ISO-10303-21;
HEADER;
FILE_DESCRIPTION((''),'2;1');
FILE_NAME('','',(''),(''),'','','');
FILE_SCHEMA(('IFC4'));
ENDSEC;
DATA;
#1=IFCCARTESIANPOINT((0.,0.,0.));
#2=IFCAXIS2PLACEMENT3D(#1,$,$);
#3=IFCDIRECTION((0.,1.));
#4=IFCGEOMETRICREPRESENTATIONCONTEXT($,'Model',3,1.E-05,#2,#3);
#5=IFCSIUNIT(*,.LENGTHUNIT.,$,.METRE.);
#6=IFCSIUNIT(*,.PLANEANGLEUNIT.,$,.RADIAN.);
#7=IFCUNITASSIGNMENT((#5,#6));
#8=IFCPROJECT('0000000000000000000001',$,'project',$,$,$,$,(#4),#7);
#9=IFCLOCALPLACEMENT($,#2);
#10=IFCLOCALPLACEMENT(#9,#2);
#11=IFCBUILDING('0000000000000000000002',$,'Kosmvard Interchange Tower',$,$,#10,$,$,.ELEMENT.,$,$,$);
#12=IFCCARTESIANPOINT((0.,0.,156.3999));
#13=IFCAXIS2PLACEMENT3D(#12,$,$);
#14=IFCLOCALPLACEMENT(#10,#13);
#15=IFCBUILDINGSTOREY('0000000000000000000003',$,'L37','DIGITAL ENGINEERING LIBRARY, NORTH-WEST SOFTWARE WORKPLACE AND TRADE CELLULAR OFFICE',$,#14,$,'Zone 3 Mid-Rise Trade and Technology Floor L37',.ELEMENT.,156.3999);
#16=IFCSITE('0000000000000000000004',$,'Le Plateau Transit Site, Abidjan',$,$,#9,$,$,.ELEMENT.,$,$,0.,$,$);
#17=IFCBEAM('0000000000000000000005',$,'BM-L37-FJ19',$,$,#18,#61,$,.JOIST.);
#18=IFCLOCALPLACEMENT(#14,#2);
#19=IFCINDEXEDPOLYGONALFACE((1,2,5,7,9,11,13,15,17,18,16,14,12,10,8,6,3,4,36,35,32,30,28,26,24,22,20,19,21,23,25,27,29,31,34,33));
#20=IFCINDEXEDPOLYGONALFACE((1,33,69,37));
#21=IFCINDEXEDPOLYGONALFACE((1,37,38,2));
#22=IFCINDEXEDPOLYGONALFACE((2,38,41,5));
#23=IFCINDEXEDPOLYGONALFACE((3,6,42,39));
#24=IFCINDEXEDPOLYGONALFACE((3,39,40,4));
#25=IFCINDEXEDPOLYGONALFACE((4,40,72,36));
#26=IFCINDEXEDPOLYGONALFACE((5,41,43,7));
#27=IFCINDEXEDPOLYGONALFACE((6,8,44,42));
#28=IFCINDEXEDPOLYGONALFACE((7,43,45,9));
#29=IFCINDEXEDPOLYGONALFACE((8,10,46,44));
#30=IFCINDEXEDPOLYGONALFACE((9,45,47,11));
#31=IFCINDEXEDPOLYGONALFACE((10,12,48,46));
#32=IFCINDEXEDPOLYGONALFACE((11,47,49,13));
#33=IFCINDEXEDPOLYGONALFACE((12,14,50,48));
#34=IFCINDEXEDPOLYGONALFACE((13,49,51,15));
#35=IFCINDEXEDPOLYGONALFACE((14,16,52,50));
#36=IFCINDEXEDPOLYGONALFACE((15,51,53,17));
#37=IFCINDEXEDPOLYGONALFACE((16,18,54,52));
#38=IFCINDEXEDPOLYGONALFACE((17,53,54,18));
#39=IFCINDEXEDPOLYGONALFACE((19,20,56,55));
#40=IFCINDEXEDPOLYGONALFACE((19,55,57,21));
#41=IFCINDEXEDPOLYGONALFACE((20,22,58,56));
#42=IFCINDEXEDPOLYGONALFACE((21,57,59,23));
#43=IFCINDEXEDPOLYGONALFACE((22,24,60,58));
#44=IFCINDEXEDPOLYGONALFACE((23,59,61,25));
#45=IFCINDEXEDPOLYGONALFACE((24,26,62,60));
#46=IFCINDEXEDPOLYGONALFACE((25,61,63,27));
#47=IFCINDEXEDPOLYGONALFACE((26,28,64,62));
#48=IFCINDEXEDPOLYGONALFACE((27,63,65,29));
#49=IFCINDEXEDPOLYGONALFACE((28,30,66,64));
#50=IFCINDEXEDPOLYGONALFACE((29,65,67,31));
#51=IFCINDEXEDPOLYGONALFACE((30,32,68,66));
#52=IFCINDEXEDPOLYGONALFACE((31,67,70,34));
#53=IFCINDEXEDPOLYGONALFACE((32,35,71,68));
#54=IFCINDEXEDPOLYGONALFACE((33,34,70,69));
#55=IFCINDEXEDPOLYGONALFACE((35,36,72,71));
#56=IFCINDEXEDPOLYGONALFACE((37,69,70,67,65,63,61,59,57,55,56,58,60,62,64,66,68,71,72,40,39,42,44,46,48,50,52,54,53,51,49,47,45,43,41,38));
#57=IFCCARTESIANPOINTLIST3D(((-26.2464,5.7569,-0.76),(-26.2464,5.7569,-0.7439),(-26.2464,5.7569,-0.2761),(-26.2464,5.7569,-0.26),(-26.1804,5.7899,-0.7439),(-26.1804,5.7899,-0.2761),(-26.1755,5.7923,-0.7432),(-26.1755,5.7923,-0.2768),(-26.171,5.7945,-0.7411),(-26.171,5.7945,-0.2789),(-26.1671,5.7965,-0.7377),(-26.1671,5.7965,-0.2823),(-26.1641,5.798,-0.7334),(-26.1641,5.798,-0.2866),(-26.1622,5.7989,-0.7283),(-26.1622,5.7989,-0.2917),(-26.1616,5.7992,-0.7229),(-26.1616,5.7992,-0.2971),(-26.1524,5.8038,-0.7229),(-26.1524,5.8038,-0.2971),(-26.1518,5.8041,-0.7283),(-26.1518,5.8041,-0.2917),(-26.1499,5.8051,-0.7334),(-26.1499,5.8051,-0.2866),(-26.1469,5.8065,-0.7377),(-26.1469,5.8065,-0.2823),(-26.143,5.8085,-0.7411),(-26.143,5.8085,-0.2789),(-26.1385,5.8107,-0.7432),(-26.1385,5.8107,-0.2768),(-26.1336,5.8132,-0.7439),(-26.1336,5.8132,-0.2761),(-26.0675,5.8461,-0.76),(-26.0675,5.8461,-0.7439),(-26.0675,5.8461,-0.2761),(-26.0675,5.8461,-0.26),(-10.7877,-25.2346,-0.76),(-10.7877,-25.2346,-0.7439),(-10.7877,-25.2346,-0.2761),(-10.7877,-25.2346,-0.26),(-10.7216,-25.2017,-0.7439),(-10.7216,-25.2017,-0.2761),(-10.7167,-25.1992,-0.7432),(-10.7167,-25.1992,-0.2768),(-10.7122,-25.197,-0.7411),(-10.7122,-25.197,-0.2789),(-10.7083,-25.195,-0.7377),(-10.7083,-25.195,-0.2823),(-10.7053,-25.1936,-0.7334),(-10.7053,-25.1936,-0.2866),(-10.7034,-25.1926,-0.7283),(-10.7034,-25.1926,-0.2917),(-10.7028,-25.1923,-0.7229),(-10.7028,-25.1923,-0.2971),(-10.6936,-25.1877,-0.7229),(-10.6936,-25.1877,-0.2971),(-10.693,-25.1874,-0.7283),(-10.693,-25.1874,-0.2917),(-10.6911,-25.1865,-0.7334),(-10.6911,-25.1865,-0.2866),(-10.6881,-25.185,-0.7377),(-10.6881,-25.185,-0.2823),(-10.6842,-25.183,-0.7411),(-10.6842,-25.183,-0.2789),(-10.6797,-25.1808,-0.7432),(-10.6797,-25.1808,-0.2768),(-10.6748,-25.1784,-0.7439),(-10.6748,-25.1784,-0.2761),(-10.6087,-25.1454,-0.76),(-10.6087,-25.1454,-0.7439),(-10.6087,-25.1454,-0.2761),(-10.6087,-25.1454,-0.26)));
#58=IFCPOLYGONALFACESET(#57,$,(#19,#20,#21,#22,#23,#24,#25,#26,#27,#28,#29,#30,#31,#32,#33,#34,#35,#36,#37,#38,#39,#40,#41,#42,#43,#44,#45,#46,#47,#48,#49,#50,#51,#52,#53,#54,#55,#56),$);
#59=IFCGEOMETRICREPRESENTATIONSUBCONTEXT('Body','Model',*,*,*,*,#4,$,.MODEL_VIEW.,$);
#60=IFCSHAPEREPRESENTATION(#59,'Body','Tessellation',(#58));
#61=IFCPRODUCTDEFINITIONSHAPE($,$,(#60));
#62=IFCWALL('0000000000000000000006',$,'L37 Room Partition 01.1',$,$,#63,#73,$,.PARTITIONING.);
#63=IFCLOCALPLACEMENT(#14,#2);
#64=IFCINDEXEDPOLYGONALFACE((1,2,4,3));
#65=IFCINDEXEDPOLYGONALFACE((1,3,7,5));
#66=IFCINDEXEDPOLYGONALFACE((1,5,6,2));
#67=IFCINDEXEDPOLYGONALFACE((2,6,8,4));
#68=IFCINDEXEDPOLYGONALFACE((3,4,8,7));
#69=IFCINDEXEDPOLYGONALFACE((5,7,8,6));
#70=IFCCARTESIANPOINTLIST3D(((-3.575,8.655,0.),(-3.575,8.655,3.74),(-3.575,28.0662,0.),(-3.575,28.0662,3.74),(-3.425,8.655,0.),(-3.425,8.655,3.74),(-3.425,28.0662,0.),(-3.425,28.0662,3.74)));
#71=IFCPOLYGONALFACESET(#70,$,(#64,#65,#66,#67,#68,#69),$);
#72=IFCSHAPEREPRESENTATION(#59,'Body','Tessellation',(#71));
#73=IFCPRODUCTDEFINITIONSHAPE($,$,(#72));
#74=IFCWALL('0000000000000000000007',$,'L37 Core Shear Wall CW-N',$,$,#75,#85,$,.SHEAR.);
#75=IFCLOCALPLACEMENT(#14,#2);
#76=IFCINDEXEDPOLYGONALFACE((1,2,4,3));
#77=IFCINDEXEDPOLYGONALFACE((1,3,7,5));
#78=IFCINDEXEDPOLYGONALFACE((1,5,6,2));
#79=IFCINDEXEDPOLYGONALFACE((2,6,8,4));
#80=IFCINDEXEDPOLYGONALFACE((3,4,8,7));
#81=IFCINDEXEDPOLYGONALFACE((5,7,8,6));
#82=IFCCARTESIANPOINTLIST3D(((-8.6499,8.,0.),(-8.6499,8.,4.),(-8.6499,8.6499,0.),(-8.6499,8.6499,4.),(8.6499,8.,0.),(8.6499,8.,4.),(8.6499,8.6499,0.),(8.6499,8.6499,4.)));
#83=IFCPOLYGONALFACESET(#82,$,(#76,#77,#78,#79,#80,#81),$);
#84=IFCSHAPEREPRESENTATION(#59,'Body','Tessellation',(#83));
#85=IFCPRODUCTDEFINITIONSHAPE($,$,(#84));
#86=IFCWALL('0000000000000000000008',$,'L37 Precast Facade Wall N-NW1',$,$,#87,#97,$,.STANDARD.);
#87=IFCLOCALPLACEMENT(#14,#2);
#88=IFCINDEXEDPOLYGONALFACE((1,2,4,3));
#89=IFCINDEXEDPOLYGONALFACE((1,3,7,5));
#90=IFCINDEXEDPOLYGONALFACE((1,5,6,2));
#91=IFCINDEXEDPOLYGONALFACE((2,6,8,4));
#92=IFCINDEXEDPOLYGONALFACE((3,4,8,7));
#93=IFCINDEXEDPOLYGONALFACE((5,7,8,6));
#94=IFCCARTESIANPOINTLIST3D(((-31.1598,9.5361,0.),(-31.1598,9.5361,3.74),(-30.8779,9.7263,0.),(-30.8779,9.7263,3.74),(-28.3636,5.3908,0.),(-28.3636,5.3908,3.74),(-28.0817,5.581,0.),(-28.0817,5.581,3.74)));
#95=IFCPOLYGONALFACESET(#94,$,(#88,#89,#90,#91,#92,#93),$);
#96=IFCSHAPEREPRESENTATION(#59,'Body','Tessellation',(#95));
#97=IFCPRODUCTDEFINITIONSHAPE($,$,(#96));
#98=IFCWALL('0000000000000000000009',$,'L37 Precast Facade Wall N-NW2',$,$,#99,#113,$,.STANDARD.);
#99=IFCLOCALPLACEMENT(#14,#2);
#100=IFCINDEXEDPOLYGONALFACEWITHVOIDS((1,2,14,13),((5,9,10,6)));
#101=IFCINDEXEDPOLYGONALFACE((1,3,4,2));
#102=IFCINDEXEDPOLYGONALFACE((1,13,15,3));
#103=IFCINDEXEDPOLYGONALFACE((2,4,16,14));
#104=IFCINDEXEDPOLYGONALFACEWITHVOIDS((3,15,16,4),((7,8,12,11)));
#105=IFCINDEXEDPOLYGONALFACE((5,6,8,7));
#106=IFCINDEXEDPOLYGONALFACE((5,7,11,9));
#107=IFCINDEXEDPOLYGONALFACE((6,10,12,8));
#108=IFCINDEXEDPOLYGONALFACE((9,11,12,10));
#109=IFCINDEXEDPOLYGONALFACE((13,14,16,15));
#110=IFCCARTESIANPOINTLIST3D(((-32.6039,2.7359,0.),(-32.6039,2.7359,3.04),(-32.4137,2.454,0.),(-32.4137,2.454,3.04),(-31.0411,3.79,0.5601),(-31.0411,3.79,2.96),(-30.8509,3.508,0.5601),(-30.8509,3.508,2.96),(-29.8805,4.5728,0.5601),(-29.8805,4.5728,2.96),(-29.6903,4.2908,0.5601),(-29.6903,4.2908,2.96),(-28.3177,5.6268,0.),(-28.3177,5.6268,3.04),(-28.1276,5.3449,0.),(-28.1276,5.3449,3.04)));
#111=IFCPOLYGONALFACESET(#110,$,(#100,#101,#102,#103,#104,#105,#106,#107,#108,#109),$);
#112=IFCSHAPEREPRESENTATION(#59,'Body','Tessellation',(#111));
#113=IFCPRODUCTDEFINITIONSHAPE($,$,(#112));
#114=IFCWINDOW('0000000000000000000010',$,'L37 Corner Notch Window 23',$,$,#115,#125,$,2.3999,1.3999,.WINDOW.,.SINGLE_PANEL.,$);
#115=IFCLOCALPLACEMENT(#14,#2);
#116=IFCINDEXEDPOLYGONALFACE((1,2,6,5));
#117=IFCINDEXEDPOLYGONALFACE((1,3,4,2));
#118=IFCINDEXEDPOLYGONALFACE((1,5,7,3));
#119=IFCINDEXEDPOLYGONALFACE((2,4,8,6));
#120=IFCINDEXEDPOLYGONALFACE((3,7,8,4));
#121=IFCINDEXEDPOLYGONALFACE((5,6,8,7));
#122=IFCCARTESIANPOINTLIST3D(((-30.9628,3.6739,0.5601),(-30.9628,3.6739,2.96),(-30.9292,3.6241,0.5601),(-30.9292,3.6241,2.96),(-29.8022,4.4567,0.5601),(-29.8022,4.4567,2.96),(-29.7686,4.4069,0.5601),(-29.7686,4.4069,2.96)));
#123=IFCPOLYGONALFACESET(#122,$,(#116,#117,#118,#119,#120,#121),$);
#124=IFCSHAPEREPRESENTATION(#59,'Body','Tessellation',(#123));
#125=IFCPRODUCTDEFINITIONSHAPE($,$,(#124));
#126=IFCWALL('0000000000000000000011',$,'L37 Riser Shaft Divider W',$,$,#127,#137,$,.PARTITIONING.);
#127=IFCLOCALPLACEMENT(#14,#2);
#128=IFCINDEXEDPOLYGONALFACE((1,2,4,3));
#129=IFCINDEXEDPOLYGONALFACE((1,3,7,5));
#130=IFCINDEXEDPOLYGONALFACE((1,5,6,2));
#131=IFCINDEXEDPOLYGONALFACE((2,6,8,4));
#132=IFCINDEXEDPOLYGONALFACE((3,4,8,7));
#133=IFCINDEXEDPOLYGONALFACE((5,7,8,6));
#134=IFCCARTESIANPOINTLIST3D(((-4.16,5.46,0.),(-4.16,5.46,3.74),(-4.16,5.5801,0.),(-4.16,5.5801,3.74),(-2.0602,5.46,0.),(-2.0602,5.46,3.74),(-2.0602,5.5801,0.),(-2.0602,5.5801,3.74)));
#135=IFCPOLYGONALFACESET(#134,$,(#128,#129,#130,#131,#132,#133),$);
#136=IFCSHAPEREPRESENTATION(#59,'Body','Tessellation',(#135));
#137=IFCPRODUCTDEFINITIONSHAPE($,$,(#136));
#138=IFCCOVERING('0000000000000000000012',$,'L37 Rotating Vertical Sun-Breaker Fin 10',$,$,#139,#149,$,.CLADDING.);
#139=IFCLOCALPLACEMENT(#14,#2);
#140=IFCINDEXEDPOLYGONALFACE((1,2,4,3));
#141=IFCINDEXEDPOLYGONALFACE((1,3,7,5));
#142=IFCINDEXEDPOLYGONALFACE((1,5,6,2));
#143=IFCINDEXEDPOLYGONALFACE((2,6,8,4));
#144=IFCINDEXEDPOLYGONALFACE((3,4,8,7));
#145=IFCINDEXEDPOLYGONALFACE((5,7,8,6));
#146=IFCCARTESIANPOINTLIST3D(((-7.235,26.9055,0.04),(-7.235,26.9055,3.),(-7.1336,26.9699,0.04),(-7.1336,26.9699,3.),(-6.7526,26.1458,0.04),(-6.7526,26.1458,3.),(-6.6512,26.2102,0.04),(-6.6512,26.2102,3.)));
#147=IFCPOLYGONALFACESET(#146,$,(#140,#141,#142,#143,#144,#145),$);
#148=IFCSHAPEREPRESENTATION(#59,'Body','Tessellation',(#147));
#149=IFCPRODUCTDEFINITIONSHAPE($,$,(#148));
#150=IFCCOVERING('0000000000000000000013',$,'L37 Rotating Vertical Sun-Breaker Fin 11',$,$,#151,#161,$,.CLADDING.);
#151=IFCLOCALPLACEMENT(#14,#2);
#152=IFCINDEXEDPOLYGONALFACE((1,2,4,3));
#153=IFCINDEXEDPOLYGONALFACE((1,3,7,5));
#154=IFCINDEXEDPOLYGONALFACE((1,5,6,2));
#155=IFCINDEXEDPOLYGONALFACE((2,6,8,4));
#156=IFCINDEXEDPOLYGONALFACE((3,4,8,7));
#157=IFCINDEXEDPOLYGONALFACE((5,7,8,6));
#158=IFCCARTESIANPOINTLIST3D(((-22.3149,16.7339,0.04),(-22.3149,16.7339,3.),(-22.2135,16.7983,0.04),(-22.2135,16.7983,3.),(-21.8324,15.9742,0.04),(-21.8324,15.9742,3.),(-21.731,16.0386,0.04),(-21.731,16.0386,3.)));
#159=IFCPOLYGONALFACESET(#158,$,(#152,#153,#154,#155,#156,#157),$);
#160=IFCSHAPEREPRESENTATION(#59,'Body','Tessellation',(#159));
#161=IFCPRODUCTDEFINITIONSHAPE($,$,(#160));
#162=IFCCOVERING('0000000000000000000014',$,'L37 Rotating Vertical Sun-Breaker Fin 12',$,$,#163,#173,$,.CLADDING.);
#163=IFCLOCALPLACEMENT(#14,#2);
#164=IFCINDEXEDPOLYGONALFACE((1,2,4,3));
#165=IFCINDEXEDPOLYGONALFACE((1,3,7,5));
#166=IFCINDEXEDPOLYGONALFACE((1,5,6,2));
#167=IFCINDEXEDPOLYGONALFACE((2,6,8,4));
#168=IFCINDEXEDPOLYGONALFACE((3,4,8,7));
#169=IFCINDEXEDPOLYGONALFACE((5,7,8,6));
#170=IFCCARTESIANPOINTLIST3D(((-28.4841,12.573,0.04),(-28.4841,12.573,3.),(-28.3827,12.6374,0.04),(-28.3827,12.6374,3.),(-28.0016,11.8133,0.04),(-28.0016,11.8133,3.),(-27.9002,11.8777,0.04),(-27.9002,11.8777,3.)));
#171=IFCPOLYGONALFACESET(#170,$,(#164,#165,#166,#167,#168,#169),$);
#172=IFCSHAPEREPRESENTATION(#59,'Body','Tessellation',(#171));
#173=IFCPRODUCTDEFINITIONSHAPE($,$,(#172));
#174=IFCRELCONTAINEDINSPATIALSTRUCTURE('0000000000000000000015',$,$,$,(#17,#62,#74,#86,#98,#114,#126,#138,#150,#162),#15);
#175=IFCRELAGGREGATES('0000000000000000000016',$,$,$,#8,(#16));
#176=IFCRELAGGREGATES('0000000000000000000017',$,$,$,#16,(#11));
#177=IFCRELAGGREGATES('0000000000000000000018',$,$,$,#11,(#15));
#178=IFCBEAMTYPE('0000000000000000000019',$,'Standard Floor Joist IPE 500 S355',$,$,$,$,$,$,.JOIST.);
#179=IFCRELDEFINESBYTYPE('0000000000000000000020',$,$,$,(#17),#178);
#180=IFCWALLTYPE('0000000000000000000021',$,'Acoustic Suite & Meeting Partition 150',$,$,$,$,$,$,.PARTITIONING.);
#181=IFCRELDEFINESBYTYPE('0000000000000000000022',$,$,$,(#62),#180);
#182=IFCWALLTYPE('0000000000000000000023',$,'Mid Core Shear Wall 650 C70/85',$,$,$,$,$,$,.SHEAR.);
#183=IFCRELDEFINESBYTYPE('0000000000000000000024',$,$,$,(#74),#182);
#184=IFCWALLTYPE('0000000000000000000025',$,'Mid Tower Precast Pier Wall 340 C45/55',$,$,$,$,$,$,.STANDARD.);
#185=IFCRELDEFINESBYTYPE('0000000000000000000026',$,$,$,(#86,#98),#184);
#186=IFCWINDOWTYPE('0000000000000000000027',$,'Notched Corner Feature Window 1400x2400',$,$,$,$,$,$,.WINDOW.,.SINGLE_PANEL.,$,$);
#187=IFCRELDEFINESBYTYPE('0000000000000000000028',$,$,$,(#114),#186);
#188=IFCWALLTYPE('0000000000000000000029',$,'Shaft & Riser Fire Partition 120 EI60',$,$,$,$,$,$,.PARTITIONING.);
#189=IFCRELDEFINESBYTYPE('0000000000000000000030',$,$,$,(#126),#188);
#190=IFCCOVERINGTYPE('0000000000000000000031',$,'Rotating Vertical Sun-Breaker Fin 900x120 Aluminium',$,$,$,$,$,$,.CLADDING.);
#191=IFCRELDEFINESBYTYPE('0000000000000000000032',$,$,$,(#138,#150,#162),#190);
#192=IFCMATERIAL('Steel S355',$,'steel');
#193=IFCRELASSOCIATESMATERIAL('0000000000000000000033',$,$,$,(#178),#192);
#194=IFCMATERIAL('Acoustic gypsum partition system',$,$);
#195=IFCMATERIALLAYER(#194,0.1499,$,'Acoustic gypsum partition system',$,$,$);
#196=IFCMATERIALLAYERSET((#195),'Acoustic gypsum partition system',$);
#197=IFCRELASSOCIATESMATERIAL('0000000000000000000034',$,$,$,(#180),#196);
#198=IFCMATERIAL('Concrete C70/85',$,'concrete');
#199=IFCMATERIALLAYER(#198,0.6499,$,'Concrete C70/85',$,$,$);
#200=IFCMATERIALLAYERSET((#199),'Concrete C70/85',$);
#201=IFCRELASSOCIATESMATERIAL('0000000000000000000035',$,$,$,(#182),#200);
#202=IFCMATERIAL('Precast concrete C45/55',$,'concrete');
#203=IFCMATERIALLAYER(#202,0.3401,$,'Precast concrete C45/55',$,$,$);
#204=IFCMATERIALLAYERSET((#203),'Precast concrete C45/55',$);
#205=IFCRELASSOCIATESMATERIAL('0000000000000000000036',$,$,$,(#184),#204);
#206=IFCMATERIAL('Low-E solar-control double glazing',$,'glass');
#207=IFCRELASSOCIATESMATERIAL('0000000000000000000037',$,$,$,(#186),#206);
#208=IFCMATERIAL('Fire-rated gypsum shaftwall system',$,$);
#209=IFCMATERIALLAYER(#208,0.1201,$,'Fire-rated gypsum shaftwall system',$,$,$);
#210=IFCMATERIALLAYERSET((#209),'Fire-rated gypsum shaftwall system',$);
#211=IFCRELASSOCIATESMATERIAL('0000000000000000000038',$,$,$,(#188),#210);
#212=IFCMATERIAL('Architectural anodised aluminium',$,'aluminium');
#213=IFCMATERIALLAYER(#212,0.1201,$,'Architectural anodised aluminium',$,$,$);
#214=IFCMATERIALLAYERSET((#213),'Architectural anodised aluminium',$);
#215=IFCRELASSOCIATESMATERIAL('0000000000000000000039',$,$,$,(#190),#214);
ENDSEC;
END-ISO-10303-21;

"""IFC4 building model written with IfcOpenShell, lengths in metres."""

from ifc_helpers import new_model, si_unit, direction, frame, frame_2d, origin, origin_2d, place, context, subcontext, project, spatial, rectangle, i_section, extrude, source, transform, mapped, material, layer, layer_set, material_profile, profile_set, type_object, element, fill, save


model = new_model("IFC4")

# Units and contexts
model_context = context("Model", 3, precision=1e-05, world=origin(), true_north=direction((0.0, 1.0)))
body_context = subcontext(model_context, "Body", "Model", "MODEL_VIEW")
ifc_project = project(units=[si_unit("LENGTHUNIT", "METRE"), si_unit("PLANEANGLEUNIT", "RADIAN")], contexts=[model_context])

# Site, building, storey
site_placement = place(None, origin())
site = spatial("IfcSite", under=ifc_project, at=site_placement, Name="Le Plateau Transit Site, Abidjan", CompositionType="ELEMENT", RefElevation=0.0)
building_placement = place(site_placement, origin())
building = spatial("IfcBuilding", under=site, at=building_placement, Name="Kosmvard Interchange Tower", CompositionType="ELEMENT")
storey_placement = place(building_placement, frame((0.0, 0.0, 156.3999)))
storey = spatial("IfcBuildingStorey", under=building, at=storey_placement, Name="L37", Description="DIGITAL ENGINEERING LIBRARY, NORTH-WEST SOFTWARE WORKPLACE AND TRADE CELLULAR OFFICE", LongName="Zone 3 Mid-Rise Trade and Technology Floor L37", CompositionType="ELEMENT", Elevation=156.3999)

# Beam
ifc_material_1 = material(Name="Steel S355", Category="steel")
ifc_material_2 = material(Name="Precast concrete C45/55", Category="concrete")
ifc_material_profile_1 = material_profile(ifc_material_1, i_section(OverallWidth=0.2, OverallDepth=0.5, WebThickness=0.0103, FlangeThickness=0.0161, FilletRadius=0.021, at=origin_2d()), Name="IPE 500")
ifc_profile_set_1 = profile_set([ifc_material_profile_1], Name="Steel S355")
beam_type_1 = type_object("IfcBeamType", Name="Standard Floor Joist IPE 500 S355", PredefinedType="JOIST", material=ifc_profile_set_1)
shared_shape_1 = source(origin(), body_context, "Body", "SweptSolid", [
    extrude(i_section(OverallWidth=0.2, OverallDepth=0.5, WebThickness=0.0103, FlangeThickness=0.0161, FilletRadius=0.021, at=origin_2d()), origin(), (0.0, 0.0, 1.0), 34.6331),
])
beam_1_placement = place(storey_placement, frame((-26.157, 5.8015, -0.51), z_axis=(0.446359, -0.894854, 0.0), x_axis=(0.894854, 0.446359, 0.0)))
element("IfcBeam", 1, at=beam_1_placement, inside=storey, type_object=beam_type_1, Name="BM-L37-FJ19", PredefinedType="JOIST", context=body_context, shape_type="MappedRepresentation", body=[
    mapped(shared_shape_1, transform((0.0, 0.0, 0.0), scale=1.0)),
])

# Walls
ifc_material_3 = material(Name="Acoustic gypsum partition system")
ifc_layer_1 = layer(ifc_material_3, 0.1499, Name="Acoustic gypsum partition system")
ifc_layer_set_1 = layer_set([ifc_layer_1], Name="Acoustic gypsum partition system")
wall_type_1 = type_object("IfcWallType", Name="Acoustic Suite & Meeting Partition 150", PredefinedType="PARTITIONING", material=ifc_layer_set_1)
wall_1_placement = place(storey_placement, frame((-3.5, 8.655, 0.0), z_axis=(0.0, 0.0, 1.0), x_axis=(0.0, 1.0, 0.0)))
element("IfcWall", 2, at=wall_1_placement, inside=storey, type_object=wall_type_1, Name="L37 Room Partition 01.1", PredefinedType="PARTITIONING", context=body_context, shape_type="SweptSolid", body=[
    extrude(rectangle(XDim=19.4111, YDim=0.1499, at=frame_2d((9.7056, 0.0))), origin(), (0.0, 0.0, 1.0), 3.74),
])
ifc_material_4 = material(Name="Concrete C70/85", Category="concrete")
ifc_layer_2 = layer(ifc_material_4, 0.6499, Name="Concrete C70/85")
ifc_layer_set_2 = layer_set([ifc_layer_2], Name="Concrete C70/85")
wall_type_2 = type_object("IfcWallType", Name="Mid Core Shear Wall 650 C70/85", PredefinedType="SHEAR", material=ifc_layer_set_2)
wall_2_placement = place(storey_placement, frame((-8.6499, 8.325, 0.0), z_axis=(0.0, 0.0, 1.0), x_axis=(1.0, 0.0, 0.0)))
element("IfcWall", 3, at=wall_2_placement, inside=storey, type_object=wall_type_2, Name="L37 Core Shear Wall CW-N", PredefinedType="SHEAR", context=body_context, shape_type="SweptSolid", body=[
    extrude(rectangle(XDim=17.2998, YDim=0.6499, at=frame_2d((8.6499, 0.0))), origin(), (0.0, 0.0, 1.0), 4.0),
])
ifc_layer_3 = layer(ifc_material_2, 0.3401, Name="Precast concrete C45/55")
ifc_layer_set_3 = layer_set([ifc_layer_3], Name="Precast concrete C45/55")
wall_type_3 = type_object("IfcWallType", Name="Mid Tower Precast Pier Wall 340 C45/55", PredefinedType="STANDARD", material=ifc_layer_set_3)
wall_3_placement = place(storey_placement, frame((-31.0188, 9.6311, 0.0), z_axis=(0.0, 0.0, 1.0), x_axis=(0.55921, -0.829026, 0.0)))
element("IfcWall", 4, at=wall_3_placement, inside=storey, type_object=wall_type_3, Name="L37 Precast Facade Wall N-NW1", PredefinedType="STANDARD", context=body_context, shape_type="SweptSolid", body=[
    extrude(rectangle(XDim=5.0002, YDim=0.3401, at=frame_2d((2.5, 0.0))), origin(), (0.0, 0.0, 1.0), 3.74),
])

# Wall, opening, window
wall_4_placement = place(storey_placement, frame((-28.2227, 5.4858, 0.0), z_axis=(0.0, 0.0, 1.0), x_axis=(-0.829052, -0.559171, 0.0)))
wall_4 = element("IfcWall", 5, at=wall_4_placement, inside=storey, type_object=wall_type_3, Name="L37 Precast Facade Wall N-NW2", PredefinedType="STANDARD", context=body_context, shape_type="SweptSolid", body=[
    extrude(rectangle(XDim=5.1699, YDim=0.3401, at=frame_2d((2.585, 0.0))), origin(), (0.0, 0.0, 1.0), 3.04),
])
opening_placement = place(wall_4_placement, frame((1.885, 0.0, 0.5601)))
opening = element("IfcOpeningElement", 6, at=opening_placement, cuts=wall_4, PredefinedType="OPENING", context=body_context, shape_type="SweptSolid", body=[
    extrude(rectangle(XDim=1.3999, YDim=2.3999, at=frame_2d((0.7, 1.2))), frame((0.0, 0.1802, 0.0), z_axis=(0.0, -1.0, 0.0), x_axis=(1.0, 0.0, 0.0)), (0.0, 0.0, 1.0), 0.3601),
])
ifc_material_5 = material(Name="Low-E solar-control double glazing", Category="glass")
window_type = type_object("IfcWindowType", Name="Notched Corner Feature Window 1400x2400", PartitioningType="SINGLE_PANEL", PredefinedType="WINDOW", material=ifc_material_5)
shared_shape_2 = source(origin(), body_context, "Body", "SweptSolid", [
    extrude(rectangle(XDim=1.3999, YDim=2.3999, at=frame_2d((0.7, 1.2))), frame((0.0, 0.03, 0.0), z_axis=(0.0, -1.0, 0.0), x_axis=(1.0, 0.0, 0.0)), (0.0, 0.0, 1.0), 0.0601),
])
window_placement = place(opening_placement, origin())
window = element("IfcWindow", 7, at=window_placement, inside=storey, type_object=window_type, Name="L37 Corner Notch Window 23", OverallHeight=2.3999, OverallWidth=1.3999, PartitioningType="SINGLE_PANEL", PredefinedType="WINDOW", context=body_context, shape_type="MappedRepresentation", body=[
    mapped(shared_shape_2, transform((0.0, 0.0, 0.0), scale=1.0)),
])
fill(opening, window)

# Wall
ifc_material_6 = material(Name="Fire-rated gypsum shaftwall system")
ifc_layer_4 = layer(ifc_material_6, 0.1201, Name="Fire-rated gypsum shaftwall system")
ifc_layer_set_4 = layer_set([ifc_layer_4], Name="Fire-rated gypsum shaftwall system")
wall_type_4 = type_object("IfcWallType", Name="Shaft & Riser Fire Partition 120 EI60", PredefinedType="PARTITIONING", material=ifc_layer_set_4)
wall_5_placement = place(storey_placement, frame((-4.1599, 5.52, 0.0), z_axis=(0.0, 0.0, 1.0), x_axis=(1.0, 0.0, 0.0)))
element("IfcWall", 8, at=wall_5_placement, inside=storey, type_object=wall_type_4, Name="L37 Riser Shaft Divider W", PredefinedType="PARTITIONING", context=body_context, shape_type="SweptSolid", body=[
    extrude(rectangle(XDim=2.0999, YDim=0.1201, at=frame_2d((1.0498, 0.0))), origin(), (0.0, 0.0, 1.0), 3.74),
])

# Coverings
ifc_material_7 = material(Name="Architectural anodised aluminium", Category="aluminium")
ifc_layer_5 = layer(ifc_material_7, 0.1201, Name="Architectural anodised aluminium")
ifc_layer_set_5 = layer_set([ifc_layer_5], Name="Architectural anodised aluminium")
covering_type = type_object("IfcCoveringType", Name="Rotating Vertical Sun-Breaker Fin 900x120 Aluminium", PredefinedType="CLADDING", material=ifc_layer_set_5)
shared_shape_3 = source(origin(), body_context, "Body", "SweptSolid", [
    extrude(rectangle(XDim=0.8999, YDim=0.1201, at=origin_2d()), origin(), (0.0, 0.0, 1.0), 2.96),
])
for number, where, z_axis, x_axis, name in (
    (9, (-6.9431, 26.5579, 0.04), (0.0, 0.0, 1.0), (-0.536121, 0.844141, 0.0), "L37 Rotating Vertical Sun-Breaker Fin 10"),
    (10, (-22.0229, 16.3862, 0.04), (0.0, 0.0, 1.0), (-0.536121, 0.844141, 0.0), "L37 Rotating Vertical Sun-Breaker Fin 11"),
    (11, (-28.1921, 12.2253, 0.04), (0.0, 0.0, 1.0), (-0.536121, 0.844141, 0.0), "L37 Rotating Vertical Sun-Breaker Fin 12"),
):
    element("IfcCovering", number, at=place(storey_placement, frame(where, z_axis=z_axis, x_axis=x_axis)), inside=storey, type_object=covering_type, Name=name, PredefinedType="CLADDING", context=body_context, shape_type="MappedRepresentation", body=[
        mapped(shared_shape_3, transform((0.0, 0.0, 0.0), scale=1.0)),
    ])

save(model, "model.ifc")
